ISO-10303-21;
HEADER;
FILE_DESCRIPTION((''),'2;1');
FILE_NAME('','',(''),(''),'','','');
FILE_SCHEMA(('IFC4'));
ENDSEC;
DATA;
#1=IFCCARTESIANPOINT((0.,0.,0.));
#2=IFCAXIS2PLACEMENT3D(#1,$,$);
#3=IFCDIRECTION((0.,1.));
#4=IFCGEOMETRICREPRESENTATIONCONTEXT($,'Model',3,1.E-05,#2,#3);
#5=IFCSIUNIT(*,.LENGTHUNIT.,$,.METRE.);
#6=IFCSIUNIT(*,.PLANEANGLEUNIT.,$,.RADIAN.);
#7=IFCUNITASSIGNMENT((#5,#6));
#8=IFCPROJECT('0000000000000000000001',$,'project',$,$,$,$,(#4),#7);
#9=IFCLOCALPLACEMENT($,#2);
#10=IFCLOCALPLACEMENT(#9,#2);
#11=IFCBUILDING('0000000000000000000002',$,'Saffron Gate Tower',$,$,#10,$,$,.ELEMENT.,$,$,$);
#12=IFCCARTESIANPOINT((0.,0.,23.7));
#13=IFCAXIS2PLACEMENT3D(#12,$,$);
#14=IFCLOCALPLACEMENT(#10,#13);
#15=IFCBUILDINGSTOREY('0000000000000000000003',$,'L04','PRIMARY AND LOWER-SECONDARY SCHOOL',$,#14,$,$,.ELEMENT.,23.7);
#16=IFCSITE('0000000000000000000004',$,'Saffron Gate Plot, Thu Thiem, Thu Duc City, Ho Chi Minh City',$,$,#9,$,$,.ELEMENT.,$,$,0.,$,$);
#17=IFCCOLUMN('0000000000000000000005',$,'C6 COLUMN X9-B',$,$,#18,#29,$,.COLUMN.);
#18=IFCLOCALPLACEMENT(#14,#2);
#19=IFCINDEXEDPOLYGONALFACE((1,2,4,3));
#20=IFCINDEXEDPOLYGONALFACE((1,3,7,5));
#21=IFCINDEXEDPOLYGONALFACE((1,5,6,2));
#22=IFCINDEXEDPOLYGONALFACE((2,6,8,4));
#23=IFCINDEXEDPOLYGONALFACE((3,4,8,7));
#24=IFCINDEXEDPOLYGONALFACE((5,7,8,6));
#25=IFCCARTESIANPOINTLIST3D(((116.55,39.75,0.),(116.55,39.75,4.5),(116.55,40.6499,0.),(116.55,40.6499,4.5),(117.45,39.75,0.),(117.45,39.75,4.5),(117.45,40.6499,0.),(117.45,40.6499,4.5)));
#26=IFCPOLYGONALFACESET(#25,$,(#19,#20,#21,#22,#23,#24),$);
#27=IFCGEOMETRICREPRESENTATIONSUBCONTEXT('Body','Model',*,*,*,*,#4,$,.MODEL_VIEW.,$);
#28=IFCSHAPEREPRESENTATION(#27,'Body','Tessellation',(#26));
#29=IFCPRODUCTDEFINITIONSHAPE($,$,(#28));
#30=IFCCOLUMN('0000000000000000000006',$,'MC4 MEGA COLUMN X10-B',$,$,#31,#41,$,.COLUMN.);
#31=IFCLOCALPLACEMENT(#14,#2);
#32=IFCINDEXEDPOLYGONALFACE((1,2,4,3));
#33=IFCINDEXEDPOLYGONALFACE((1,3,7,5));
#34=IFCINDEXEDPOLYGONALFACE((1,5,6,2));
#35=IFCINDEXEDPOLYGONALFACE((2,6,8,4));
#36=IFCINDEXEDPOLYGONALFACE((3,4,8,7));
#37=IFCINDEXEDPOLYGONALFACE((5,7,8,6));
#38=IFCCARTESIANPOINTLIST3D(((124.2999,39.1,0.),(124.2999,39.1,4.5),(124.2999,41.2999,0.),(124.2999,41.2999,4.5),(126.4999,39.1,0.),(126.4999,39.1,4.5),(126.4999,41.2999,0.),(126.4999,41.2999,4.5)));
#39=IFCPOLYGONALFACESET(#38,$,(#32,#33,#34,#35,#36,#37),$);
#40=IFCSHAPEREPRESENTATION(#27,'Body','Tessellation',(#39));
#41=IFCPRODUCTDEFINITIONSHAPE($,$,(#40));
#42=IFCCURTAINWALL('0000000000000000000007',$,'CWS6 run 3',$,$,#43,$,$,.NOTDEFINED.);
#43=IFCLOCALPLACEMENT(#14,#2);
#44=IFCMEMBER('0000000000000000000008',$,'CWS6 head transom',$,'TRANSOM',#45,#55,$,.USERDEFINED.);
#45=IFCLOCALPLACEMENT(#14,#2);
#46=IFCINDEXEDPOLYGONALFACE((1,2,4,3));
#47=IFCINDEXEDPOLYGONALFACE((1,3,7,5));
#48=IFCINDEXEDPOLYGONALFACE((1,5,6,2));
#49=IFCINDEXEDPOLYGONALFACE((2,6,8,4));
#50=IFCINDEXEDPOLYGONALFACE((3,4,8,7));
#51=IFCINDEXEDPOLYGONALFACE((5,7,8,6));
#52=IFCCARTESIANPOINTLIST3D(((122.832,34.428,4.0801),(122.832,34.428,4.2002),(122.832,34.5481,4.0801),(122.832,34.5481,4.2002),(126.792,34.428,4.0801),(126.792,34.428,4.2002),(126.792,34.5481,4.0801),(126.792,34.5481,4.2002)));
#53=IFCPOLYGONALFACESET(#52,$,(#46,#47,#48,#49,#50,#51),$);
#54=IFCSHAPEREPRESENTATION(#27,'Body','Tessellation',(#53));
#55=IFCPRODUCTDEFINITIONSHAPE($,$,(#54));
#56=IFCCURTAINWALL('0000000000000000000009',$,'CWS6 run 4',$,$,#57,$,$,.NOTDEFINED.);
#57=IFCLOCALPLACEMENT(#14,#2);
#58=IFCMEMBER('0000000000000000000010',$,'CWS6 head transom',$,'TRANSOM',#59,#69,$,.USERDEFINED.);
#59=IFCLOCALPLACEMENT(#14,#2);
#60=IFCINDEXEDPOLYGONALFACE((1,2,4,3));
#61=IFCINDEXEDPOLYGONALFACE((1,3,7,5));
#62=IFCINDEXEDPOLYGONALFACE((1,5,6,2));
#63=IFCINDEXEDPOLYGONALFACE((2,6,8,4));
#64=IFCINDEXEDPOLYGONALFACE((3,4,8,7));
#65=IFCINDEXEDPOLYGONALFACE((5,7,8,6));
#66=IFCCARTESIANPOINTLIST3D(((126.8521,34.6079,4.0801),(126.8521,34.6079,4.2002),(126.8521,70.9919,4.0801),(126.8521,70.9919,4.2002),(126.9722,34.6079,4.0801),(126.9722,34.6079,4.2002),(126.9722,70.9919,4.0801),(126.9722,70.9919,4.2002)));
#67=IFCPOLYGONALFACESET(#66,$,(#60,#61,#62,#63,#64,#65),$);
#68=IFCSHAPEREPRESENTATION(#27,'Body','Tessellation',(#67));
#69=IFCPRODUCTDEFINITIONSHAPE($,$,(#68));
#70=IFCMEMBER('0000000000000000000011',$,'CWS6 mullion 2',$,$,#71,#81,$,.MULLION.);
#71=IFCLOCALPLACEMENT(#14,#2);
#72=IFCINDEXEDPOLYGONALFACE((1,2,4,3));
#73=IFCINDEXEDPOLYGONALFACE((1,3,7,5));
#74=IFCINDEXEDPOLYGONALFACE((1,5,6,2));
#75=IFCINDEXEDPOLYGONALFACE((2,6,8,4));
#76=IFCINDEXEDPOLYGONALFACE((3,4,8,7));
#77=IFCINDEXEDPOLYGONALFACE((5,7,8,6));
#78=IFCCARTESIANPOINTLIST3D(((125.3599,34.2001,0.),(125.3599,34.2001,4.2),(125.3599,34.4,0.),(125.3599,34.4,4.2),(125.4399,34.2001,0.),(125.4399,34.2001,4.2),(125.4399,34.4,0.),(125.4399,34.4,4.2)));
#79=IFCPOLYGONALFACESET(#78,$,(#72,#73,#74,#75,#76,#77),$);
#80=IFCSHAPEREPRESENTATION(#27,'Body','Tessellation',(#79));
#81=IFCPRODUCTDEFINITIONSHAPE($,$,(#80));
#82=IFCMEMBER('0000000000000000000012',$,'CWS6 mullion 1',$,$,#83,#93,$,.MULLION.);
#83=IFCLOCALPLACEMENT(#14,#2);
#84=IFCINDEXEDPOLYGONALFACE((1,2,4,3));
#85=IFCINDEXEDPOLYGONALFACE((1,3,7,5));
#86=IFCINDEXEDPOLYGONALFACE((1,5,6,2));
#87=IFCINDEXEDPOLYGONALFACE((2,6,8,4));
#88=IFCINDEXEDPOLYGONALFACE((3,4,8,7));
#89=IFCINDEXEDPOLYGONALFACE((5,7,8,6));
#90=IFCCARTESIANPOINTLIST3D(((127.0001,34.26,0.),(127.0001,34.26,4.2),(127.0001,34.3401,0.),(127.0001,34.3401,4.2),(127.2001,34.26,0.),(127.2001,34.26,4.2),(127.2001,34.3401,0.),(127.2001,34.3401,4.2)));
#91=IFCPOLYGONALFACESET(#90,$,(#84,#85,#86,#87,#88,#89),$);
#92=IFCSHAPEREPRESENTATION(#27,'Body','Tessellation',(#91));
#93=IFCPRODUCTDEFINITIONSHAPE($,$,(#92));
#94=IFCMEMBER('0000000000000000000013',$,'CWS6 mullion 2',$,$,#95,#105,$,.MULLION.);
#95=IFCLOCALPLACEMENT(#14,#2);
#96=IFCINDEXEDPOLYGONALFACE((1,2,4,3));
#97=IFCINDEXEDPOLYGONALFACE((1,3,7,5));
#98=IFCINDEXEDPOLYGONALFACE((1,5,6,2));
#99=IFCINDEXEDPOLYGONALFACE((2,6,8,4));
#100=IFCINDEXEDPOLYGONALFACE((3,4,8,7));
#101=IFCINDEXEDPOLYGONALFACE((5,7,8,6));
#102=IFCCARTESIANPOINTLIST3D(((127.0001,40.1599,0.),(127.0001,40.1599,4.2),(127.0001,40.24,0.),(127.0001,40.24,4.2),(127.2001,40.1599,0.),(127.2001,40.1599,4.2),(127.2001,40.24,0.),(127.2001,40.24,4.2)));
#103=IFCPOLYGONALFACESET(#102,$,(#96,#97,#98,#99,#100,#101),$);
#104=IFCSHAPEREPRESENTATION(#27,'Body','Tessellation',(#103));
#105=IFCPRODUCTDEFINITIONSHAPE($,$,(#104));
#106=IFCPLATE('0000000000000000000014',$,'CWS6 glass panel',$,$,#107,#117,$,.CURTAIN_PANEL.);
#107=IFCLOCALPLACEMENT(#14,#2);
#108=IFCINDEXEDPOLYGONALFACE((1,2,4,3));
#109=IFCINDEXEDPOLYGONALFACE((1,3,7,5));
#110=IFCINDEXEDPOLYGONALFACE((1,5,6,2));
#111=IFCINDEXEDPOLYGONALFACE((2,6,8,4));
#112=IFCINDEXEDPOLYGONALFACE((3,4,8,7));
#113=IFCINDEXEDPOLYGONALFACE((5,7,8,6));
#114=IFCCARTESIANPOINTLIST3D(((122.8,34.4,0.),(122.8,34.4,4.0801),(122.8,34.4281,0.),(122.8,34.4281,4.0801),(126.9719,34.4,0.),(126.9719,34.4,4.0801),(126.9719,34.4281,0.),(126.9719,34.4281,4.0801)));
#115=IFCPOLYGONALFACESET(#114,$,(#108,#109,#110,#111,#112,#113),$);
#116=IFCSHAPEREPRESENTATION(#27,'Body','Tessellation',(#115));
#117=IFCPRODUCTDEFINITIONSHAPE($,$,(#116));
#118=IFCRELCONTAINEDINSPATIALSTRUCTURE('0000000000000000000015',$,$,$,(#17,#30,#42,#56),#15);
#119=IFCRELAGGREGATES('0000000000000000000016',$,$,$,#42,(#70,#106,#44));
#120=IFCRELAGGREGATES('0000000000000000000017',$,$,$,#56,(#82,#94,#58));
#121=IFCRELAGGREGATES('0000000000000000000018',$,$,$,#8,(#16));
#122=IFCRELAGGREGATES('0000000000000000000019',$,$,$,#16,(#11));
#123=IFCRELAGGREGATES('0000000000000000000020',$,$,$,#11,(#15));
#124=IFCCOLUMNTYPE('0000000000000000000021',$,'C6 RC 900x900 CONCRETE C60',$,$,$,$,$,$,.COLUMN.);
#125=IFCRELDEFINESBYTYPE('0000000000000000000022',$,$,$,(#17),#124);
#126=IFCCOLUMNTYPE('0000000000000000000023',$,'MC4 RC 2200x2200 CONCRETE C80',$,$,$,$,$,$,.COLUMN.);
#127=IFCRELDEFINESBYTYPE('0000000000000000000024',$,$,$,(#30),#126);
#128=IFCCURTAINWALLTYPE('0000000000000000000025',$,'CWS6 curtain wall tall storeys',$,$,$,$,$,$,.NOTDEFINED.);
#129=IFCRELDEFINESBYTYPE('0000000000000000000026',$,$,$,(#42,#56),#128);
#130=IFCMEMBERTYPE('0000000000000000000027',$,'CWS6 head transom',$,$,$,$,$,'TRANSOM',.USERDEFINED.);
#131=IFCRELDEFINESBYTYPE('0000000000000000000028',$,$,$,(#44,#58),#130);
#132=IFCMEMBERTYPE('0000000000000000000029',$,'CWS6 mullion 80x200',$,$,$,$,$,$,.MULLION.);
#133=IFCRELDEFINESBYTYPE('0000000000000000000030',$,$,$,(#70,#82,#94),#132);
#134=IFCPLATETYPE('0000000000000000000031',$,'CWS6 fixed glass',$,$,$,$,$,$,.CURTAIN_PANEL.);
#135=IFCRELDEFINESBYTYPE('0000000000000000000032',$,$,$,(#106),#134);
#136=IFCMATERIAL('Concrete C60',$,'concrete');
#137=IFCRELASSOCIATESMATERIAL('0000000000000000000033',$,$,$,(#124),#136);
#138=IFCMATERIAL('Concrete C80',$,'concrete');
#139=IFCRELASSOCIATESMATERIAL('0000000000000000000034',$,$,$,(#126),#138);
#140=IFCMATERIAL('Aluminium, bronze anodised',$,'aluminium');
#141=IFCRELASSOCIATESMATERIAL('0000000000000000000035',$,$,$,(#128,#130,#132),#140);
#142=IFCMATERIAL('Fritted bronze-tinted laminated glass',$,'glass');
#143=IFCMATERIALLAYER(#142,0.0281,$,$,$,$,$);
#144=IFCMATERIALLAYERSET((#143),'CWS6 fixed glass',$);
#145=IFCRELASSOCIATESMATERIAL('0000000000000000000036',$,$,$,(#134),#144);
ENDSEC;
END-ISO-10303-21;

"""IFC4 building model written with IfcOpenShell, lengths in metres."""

from ifc_helpers import new_model, si_unit, direction, frame, frame_2d, origin, origin_2d, place, context, subcontext, project, spatial, rectangle, extrude, material, layer, layer_set, material_profile, profile_set, type_object, element, aggregate, save


model = new_model("IFC4")

# Units and contexts
model_context = context("Model", 3, precision=1e-05, world=origin(), true_north=direction((0.0, 1.0)))
body_context = subcontext(model_context, "Body", "Model", "MODEL_VIEW")
ifc_project = project(units=[si_unit("LENGTHUNIT", "METRE"), si_unit("PLANEANGLEUNIT", "RADIAN")], contexts=[model_context])

# Site, building, storey
site_placement = place(None, origin())
site = spatial("IfcSite", under=ifc_project, at=site_placement, Name="Saffron Gate Plot, Thu Thiem, Thu Duc City, Ho Chi Minh City", CompositionType="ELEMENT", RefElevation=0.0)
building_placement = place(site_placement, origin())
building = spatial("IfcBuilding", under=site, at=building_placement, Name="Saffron Gate Tower", CompositionType="ELEMENT")
storey_placement = place(building_placement, frame((0.0, 0.0, 23.7)))
storey = spatial("IfcBuildingStorey", under=building, at=storey_placement, Name="L04", Description="PRIMARY AND LOWER-SECONDARY SCHOOL", CompositionType="ELEMENT", Elevation=23.7)

# Columns
ifc_material_1 = material(Name="Concrete C60", Category="concrete")
ifc_material_profile_1 = material_profile(ifc_material_1, rectangle(XDim=0.8999, YDim=0.8999, at=origin_2d()))
ifc_profile_set_1 = profile_set([ifc_material_profile_1], Name="Concrete C60")
column_type_1 = type_object("IfcColumnType", Name="C6 RC 900x900 CONCRETE C60", PredefinedType="COLUMN", material=ifc_profile_set_1)
column_1_placement = place(storey_placement, frame((117.0, 40.2, 0.0), z_axis=(0.0, 0.0, 1.0), x_axis=(1.0, 0.0, 0.0)))
element("IfcColumn", 1, at=column_1_placement, inside=storey, type_object=column_type_1, Name="C6 COLUMN X9-B", PredefinedType="COLUMN", context=body_context, shape_type="SweptSolid", body=[
    extrude(rectangle(XDim=0.8999, YDim=0.8999, at=origin_2d()), origin(), (0.0, 0.0, 1.0), 4.5),
])
ifc_material_2 = material(Name="Concrete C80", Category="concrete")
ifc_material_profile_2 = material_profile(ifc_material_2, rectangle(XDim=2.2, YDim=2.2, at=origin_2d()))
ifc_profile_set_2 = profile_set([ifc_material_profile_2], Name="Concrete C80")
column_type_2 = type_object("IfcColumnType", Name="MC4 RC 2200x2200 CONCRETE C80", PredefinedType="COLUMN", material=ifc_profile_set_2)
column_2_placement = place(storey_placement, frame((125.3999, 40.2, 0.0), z_axis=(0.0, 0.0, 1.0), x_axis=(1.0, 0.0, 0.0)))
element("IfcColumn", 2, at=column_2_placement, inside=storey, type_object=column_type_2, Name="MC4 MEGA COLUMN X10-B", PredefinedType="COLUMN", context=body_context, shape_type="SweptSolid", body=[
    extrude(rectangle(XDim=2.2, YDim=2.2, at=origin_2d()), origin(), (0.0, 0.0, 1.0), 4.5),
])

# Curtain walls, members
ifc_material_3 = material(Name="Aluminium, bronze anodised", Category="aluminium")
curtain_wall_type = type_object("IfcCurtainWallType", Name="CWS6 curtain wall tall storeys", PredefinedType="NOTDEFINED", material=ifc_material_3)
curtain_wall_1_placement = place(storey_placement, origin())
curtain_wall_1 = element("IfcCurtainWall", 3, at=curtain_wall_1_placement, inside=storey, type_object=curtain_wall_type, Name="CWS6 run 3", PredefinedType="NOTDEFINED")
ifc_material_profile_3 = material_profile(ifc_material_3, rectangle(XDim=0.1201, YDim=0.1201, at=origin_2d()))
ifc_profile_set_3 = profile_set([ifc_material_profile_3], Name="Aluminium, bronze anodised")
member_type_1 = type_object("IfcMemberType", Name="CWS6 head transom", ElementType="TRANSOM", PredefinedType="USERDEFINED", material=ifc_profile_set_3)
member_1_placement = place(storey_placement, frame((122.832, 34.488, 4.1401), z_axis=(1.0, 0.0, 0.0), x_axis=(0.0, 1.0, 0.0)))
member_1 = element("IfcMember", 4, at=member_1_placement, type_object=member_type_1, Name="CWS6 head transom", ObjectType="TRANSOM", PredefinedType="USERDEFINED", context=body_context, shape_type="SweptSolid", body=[
    extrude(rectangle(XDim=0.1201, YDim=0.1201, at=origin_2d()), origin(), (0.0, 0.0, 1.0), 3.96),
])
curtain_wall_2_placement = place(storey_placement, origin())
curtain_wall_2 = element("IfcCurtainWall", 5, at=curtain_wall_2_placement, inside=storey, type_object=curtain_wall_type, Name="CWS6 run 4", PredefinedType="NOTDEFINED")
member_2_placement = place(storey_placement, frame((126.9121, 34.6079, 4.1401), z_axis=(0.0, 1.0, 0.0), x_axis=(-1.0, 0.0, 0.0)))
member_2 = element("IfcMember", 6, at=member_2_placement, type_object=member_type_1, Name="CWS6 head transom", ObjectType="TRANSOM", PredefinedType="USERDEFINED", context=body_context, shape_type="SweptSolid", body=[
    extrude(rectangle(XDim=0.1201, YDim=0.1201, at=origin_2d()), origin(), (0.0, 0.0, 1.0), 36.384),
])

# Members
ifc_material_profile_4 = material_profile(ifc_material_3, rectangle(XDim=0.2, YDim=0.0801, at=origin_2d()))
ifc_profile_set_4 = profile_set([ifc_material_profile_4], Name="Aluminium, bronze anodised")
member_type_2 = type_object("IfcMemberType", Name="CWS6 mullion 80x200", PredefinedType="MULLION", material=ifc_profile_set_4)
member_3_placement = place(storey_placement, frame((125.3999, 34.3, 0.0), z_axis=(0.0, 0.0, 1.0), x_axis=(0.0, 1.0, 0.0)))
member_3 = element("IfcMember", 7, at=member_3_placement, type_object=member_type_2, Name="CWS6 mullion 2", PredefinedType="MULLION", context=body_context, shape_type="SweptSolid", body=[
    extrude(rectangle(XDim=0.2, YDim=0.0801, at=origin_2d()), origin(), (0.0, 0.0, 1.0), 4.2),
])
member_4_placement = place(storey_placement, frame((127.1001, 34.3, 0.0), z_axis=(0.0, 0.0, 1.0), x_axis=(-1.0, 0.0, 0.0)))
member_4 = element("IfcMember", 8, at=member_4_placement, type_object=member_type_2, Name="CWS6 mullion 1", PredefinedType="MULLION", context=body_context, shape_type="SweptSolid", body=[
    extrude(rectangle(XDim=0.2, YDim=0.0801, at=origin_2d()), origin(), (0.0, 0.0, 1.0), 4.2),
])
member_5_placement = place(storey_placement, frame((127.1001, 40.2, 0.0), z_axis=(0.0, 0.0, 1.0), x_axis=(-1.0, 0.0, 0.0)))
member_5 = element("IfcMember", 9, at=member_5_placement, type_object=member_type_2, Name="CWS6 mullion 2", PredefinedType="MULLION", context=body_context, shape_type="SweptSolid", body=[
    extrude(rectangle(XDim=0.2, YDim=0.0801, at=origin_2d()), origin(), (0.0, 0.0, 1.0), 4.2),
])

# Plate
ifc_material_4 = material(Name="Fritted bronze-tinted laminated glass", Category="glass")
ifc_layer_1 = layer(ifc_material_4, 0.0281)
ifc_layer_set_1 = layer_set([ifc_layer_1], Name="CWS6 fixed glass")
plate_type = type_object("IfcPlateType", Name="CWS6 fixed glass", PredefinedType="CURTAIN_PANEL", material=ifc_layer_set_1)
plate_1_placement = place(storey_placement, frame((122.8, 34.4141, 0.0), z_axis=(0.0, 0.0, 1.0), x_axis=(1.0, 0.0, 0.0)))
plate_1 = element("IfcPlate", 10, at=plate_1_placement, type_object=plate_type, Name="CWS6 glass panel", PredefinedType="CURTAIN_PANEL", context=body_context, shape_type="SweptSolid", body=[
    extrude(rectangle(XDim=4.1719, YDim=0.0281, at=frame_2d((2.0859, 0.0))), origin(), (0.0, 0.0, 1.0), 4.0801),
])
aggregate(curtain_wall_1, [member_3, plate_1, member_1])

aggregate(curtain_wall_2, [member_4, member_5, member_2])

save(model, "model.ifc")
